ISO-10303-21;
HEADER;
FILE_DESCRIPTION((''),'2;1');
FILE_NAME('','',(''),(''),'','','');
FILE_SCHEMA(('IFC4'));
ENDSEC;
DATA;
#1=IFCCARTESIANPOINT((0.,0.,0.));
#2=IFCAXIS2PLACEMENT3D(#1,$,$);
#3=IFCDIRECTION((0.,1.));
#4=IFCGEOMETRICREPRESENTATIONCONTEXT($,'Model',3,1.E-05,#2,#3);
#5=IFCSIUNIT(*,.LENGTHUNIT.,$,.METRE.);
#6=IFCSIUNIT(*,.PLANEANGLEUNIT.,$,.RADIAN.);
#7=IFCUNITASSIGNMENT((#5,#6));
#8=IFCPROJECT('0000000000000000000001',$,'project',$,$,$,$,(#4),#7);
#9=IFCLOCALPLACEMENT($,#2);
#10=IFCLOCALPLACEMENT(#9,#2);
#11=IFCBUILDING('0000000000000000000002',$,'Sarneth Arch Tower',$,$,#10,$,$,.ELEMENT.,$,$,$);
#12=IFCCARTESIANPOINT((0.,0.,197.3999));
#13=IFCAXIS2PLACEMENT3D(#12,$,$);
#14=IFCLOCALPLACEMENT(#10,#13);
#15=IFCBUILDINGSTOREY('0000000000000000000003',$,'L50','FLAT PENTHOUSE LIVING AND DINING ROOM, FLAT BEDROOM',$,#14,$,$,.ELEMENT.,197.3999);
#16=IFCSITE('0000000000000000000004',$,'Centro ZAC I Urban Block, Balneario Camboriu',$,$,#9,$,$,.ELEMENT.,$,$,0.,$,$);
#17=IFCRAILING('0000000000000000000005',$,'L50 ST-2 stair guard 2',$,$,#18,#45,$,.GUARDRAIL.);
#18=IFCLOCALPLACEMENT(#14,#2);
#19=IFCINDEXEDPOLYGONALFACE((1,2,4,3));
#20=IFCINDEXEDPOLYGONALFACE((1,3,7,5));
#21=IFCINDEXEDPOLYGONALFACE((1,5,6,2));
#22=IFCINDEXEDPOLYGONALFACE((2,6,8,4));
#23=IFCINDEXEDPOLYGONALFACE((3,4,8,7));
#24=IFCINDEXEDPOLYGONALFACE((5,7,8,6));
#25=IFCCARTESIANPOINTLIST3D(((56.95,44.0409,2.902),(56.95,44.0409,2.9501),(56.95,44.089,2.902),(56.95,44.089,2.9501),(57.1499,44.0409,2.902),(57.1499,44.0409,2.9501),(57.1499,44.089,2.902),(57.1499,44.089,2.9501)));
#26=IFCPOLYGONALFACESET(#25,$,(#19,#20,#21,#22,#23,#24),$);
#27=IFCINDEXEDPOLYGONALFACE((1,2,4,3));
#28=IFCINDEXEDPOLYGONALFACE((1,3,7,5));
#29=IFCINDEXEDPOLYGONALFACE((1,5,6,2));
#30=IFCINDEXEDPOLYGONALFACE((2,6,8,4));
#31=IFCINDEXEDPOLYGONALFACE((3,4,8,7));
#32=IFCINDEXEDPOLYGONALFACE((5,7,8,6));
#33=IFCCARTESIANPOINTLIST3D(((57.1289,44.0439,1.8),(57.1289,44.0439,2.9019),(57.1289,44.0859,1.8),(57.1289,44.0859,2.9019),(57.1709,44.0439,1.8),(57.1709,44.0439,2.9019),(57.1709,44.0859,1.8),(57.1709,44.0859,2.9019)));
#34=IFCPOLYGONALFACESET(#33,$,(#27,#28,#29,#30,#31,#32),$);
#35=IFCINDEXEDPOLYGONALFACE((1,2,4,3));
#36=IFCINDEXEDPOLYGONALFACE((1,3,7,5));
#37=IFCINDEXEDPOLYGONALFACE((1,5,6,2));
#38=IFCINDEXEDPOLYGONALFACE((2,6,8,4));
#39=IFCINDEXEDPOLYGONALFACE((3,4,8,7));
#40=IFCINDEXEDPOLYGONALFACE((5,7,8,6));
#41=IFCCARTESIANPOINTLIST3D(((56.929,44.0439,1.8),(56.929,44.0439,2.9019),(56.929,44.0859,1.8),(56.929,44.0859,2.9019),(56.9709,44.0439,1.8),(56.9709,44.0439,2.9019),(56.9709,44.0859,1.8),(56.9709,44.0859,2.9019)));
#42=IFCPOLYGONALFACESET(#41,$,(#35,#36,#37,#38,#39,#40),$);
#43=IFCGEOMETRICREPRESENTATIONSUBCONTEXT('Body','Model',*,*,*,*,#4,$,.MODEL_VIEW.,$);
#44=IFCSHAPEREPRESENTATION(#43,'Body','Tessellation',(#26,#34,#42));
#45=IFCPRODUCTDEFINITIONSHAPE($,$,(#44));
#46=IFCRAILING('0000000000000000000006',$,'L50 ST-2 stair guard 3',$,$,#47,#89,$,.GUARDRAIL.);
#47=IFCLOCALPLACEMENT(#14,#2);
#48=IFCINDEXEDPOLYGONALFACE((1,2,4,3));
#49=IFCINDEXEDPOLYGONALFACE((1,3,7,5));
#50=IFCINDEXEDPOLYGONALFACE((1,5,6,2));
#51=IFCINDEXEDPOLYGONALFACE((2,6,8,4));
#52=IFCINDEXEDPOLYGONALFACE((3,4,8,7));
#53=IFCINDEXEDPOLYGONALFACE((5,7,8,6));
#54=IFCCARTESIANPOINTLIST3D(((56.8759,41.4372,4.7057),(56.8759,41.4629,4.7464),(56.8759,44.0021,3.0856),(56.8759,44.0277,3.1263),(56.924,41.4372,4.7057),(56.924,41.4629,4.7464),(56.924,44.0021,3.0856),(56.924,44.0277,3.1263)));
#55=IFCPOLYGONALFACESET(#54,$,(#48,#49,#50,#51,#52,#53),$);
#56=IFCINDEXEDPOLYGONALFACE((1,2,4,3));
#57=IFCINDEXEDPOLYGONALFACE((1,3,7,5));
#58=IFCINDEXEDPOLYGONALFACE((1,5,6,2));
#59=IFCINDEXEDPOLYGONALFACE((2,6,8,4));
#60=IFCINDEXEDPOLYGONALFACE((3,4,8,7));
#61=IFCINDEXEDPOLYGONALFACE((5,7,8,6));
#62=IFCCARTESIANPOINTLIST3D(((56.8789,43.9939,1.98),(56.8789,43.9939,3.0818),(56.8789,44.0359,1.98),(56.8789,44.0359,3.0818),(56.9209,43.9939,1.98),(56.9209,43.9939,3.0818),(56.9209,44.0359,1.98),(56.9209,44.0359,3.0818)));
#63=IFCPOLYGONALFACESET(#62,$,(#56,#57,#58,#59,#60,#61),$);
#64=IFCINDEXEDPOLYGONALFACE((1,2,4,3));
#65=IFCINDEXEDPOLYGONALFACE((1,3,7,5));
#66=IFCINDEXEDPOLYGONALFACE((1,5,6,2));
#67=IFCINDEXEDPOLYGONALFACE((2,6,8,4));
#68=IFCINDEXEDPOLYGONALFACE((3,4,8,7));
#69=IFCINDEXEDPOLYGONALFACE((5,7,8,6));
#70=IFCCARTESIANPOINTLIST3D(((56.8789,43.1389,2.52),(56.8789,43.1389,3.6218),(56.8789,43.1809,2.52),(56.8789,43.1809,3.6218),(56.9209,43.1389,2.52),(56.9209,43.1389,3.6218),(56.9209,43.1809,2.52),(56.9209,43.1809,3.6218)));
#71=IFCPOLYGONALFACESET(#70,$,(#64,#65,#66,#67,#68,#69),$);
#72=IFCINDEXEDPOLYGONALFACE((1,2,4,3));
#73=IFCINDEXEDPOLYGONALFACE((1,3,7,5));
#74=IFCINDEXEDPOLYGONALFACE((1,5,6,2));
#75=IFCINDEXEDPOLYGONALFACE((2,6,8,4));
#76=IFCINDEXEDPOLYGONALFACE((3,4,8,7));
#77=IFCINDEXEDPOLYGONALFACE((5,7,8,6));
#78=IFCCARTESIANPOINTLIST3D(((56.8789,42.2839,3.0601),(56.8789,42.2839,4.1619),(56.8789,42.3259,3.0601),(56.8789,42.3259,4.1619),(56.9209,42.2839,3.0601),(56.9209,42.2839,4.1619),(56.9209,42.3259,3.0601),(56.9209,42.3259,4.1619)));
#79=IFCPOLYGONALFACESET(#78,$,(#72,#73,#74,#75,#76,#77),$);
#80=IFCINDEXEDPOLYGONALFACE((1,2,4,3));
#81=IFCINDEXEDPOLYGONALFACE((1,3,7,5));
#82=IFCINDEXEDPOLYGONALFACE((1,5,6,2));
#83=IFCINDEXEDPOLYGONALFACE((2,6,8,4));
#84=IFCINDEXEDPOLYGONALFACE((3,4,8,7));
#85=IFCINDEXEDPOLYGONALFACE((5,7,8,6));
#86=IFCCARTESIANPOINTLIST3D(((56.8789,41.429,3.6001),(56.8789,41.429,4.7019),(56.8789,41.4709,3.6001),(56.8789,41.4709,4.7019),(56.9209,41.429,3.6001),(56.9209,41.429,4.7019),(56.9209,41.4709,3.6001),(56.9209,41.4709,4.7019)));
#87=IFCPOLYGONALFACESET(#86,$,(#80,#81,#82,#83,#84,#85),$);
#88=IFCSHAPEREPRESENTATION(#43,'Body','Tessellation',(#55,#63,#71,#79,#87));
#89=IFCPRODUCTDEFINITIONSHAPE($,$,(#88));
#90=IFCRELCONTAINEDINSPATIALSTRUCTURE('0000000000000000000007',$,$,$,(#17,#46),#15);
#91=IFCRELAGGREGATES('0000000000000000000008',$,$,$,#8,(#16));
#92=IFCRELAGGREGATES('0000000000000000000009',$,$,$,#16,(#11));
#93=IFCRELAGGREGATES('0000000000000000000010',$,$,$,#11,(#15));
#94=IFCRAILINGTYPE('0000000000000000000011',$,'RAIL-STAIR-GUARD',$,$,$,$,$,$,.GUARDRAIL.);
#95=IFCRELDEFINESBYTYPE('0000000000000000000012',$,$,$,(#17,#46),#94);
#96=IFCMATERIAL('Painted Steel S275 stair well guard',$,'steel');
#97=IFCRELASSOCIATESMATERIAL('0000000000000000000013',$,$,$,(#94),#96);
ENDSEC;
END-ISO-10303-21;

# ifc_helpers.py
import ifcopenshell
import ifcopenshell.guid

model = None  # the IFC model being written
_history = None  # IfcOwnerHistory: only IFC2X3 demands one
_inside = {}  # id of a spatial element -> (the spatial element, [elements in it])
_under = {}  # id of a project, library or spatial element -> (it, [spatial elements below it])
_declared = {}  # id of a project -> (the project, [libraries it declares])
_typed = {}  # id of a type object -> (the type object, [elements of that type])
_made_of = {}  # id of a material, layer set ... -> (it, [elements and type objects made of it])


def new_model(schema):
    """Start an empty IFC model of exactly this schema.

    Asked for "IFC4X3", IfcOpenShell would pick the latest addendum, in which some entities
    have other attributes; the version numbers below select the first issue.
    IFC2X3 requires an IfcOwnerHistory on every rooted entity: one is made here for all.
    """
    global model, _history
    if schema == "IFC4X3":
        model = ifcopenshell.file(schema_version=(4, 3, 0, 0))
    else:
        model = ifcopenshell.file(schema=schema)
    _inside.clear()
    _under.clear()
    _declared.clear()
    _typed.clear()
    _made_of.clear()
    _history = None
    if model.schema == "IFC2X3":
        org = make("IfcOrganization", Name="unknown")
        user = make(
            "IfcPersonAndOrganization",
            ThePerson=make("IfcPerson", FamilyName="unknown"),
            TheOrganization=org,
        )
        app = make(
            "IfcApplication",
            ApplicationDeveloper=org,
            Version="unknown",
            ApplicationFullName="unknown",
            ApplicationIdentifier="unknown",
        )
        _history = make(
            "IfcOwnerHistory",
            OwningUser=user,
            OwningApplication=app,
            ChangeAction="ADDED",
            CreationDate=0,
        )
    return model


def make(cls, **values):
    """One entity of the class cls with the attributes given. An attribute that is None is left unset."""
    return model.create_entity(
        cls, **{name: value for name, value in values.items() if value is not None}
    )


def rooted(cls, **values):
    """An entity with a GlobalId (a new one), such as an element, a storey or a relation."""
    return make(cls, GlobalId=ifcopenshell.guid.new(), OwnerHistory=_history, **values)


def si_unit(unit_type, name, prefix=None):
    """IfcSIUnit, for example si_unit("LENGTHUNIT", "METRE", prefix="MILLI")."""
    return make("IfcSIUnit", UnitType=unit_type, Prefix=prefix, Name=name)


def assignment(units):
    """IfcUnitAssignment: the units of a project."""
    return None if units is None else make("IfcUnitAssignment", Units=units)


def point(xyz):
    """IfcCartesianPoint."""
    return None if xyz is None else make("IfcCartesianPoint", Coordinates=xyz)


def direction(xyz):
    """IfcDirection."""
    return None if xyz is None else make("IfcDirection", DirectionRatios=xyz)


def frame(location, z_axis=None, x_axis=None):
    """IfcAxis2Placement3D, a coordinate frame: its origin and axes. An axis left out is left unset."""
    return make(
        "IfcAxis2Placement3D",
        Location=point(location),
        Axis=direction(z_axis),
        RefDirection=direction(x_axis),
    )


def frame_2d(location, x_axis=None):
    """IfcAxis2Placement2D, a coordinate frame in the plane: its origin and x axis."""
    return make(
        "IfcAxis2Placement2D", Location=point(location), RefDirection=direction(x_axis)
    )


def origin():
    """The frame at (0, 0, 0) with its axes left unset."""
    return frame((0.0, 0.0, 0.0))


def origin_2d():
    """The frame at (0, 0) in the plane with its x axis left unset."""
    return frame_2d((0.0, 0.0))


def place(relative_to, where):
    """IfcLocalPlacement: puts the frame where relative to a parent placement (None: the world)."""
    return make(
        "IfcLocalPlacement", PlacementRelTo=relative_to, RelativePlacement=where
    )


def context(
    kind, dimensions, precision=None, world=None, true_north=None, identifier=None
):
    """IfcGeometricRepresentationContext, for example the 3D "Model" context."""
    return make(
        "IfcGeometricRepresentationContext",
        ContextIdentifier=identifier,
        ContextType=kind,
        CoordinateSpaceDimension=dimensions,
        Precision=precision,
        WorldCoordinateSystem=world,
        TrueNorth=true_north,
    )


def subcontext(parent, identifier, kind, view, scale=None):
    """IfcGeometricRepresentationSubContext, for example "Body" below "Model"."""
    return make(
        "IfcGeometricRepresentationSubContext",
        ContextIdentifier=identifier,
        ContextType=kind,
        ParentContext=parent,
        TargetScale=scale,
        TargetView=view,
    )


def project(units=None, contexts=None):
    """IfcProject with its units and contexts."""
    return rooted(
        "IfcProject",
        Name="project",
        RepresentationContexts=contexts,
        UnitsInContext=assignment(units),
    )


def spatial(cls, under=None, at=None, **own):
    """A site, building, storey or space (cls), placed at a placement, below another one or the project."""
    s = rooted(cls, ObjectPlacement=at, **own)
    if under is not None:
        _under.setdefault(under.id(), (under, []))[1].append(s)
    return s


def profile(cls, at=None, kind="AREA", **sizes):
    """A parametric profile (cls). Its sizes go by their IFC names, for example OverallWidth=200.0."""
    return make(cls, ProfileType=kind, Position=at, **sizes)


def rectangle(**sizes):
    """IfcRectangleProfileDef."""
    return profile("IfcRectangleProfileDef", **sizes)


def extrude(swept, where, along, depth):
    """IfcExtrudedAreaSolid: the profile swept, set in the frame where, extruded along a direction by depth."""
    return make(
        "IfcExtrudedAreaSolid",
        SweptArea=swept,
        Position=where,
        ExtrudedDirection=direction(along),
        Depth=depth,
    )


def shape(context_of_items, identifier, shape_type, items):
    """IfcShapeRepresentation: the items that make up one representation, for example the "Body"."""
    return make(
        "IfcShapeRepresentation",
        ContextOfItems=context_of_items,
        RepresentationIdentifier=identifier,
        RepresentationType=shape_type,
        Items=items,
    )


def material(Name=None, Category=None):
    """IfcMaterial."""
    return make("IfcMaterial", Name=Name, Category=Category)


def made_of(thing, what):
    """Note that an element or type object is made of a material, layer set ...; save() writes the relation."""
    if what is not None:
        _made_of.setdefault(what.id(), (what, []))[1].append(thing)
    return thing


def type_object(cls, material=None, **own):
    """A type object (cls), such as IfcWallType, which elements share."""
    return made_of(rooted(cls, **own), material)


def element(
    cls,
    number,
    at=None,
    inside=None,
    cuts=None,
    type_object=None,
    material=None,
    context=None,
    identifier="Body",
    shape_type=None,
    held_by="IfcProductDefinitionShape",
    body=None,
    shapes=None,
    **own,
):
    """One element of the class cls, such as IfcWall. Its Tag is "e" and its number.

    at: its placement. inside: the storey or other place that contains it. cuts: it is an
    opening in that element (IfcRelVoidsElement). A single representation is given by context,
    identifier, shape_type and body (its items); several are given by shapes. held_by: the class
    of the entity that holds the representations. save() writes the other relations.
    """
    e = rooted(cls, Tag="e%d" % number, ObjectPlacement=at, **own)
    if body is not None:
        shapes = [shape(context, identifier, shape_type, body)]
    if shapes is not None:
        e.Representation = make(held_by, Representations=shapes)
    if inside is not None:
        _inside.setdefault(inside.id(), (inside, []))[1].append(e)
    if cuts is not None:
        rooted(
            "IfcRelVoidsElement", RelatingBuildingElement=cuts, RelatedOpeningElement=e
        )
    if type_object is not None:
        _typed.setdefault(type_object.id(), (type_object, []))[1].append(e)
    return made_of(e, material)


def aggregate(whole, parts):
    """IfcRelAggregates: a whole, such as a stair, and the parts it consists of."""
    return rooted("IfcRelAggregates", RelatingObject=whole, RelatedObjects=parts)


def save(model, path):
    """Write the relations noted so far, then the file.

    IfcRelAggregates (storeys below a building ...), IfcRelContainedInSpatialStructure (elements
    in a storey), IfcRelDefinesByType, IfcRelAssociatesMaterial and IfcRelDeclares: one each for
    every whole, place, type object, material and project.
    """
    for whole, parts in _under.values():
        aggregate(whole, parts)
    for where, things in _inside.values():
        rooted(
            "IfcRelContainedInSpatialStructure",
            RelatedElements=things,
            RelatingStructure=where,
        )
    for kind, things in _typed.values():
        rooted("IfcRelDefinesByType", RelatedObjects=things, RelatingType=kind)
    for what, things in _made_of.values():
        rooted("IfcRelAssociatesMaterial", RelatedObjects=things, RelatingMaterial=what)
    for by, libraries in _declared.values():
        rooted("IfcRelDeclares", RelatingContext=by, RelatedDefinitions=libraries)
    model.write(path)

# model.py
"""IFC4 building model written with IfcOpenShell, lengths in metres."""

from ifc_helpers import new_model, si_unit, direction, frame, origin, origin_2d, place, context, subcontext, project, spatial, rectangle, extrude, material, type_object, element, save


model = new_model("IFC4")

# Units and contexts
model_context = context("Model", 3, precision=1e-05, world=origin(), true_north=direction((0.0, 1.0)))
body_context = subcontext(model_context, "Body", "Model", "MODEL_VIEW")
ifc_project = project(units=[si_unit("LENGTHUNIT", "METRE"), si_unit("PLANEANGLEUNIT", "RADIAN")], contexts=[model_context])

# Site, building, storey
site_placement = place(None, origin())
site = spatial("IfcSite", under=ifc_project, at=site_placement, Name="Centro ZAC I Urban Block, Balneario Camboriu", CompositionType="ELEMENT", RefElevation=0.0)
building_placement = place(site_placement, origin())
building = spatial("IfcBuilding", under=site, at=building_placement, Name="Sarneth Arch Tower", CompositionType="ELEMENT")
storey_placement = place(building_placement, frame((0.0, 0.0, 197.3999)))
storey = spatial("IfcBuildingStorey", under=building, at=storey_placement, Name="L50", Description="FLAT PENTHOUSE LIVING AND DINING ROOM, FLAT BEDROOM", CompositionType="ELEMENT", Elevation=197.3999)

# Railings
ifc_material_1 = material(Name="Painted Steel S275 stair well guard", Category="steel")
railing_type_1 = type_object("IfcRailingType", Name="RAIL-STAIR-GUARD", PredefinedType="GUARDRAIL", material=ifc_material_1)
railing_1_placement = place(storey_placement, frame((57.1499, 44.0649, 1.8)))
element("IfcRailing", 1, at=railing_1_placement, inside=storey, type_object=railing_type_1, Name="L50 ST-2 stair guard 2", PredefinedType="GUARDRAIL", context=body_context, shape_type="SweptSolid", body=[
    extrude(rectangle(XDim=0.0481, YDim=0.0481, at=origin_2d()), frame((0.0, 0.0, 1.126), z_axis=(-1.0, 0.0, 0.0), x_axis=(0.0, -1.0, 0.0)), (0.0, 0.0, 1.0), 0.2),
    extrude(rectangle(XDim=0.042, YDim=0.042, at=origin_2d()), origin(), (0.0, 0.0, 1.0), 1.1018),
    extrude(rectangle(XDim=0.042, YDim=0.042, at=origin_2d()), frame((-0.2, 0.0, 0.0)), (0.0, 0.0, 1.0), 1.1018),
])
railing_2_placement = place(storey_placement, frame((56.8999, 44.0149, 1.98)))
element("IfcRailing", 2, at=railing_2_placement, inside=storey, type_object=railing_type_1, Name="L50 ST-2 stair guard 3", PredefinedType="GUARDRAIL", context=body_context, shape_type="SweptSolid", body=[
    extrude(rectangle(XDim=0.0481, YDim=0.0481, at=origin_2d()), frame((0.0, 0.0, 1.126), z_axis=(0.0, -0.845466, 0.534029), x_axis=(1.0, 0.0, 0.0)), (0.0, 0.0, 1.0), 3.0337),
    extrude(rectangle(XDim=0.042, YDim=0.042, at=origin_2d()), origin(), (0.0, 0.0, 1.0), 1.1018),
    extrude(rectangle(XDim=0.042, YDim=0.042, at=origin_2d()), frame((0.0, -0.855, 0.54)), (0.0, 0.0, 1.0), 1.1018),
    extrude(rectangle(XDim=0.042, YDim=0.042, at=origin_2d()), frame((0.0, -1.71, 1.0801)), (0.0, 0.0, 1.0), 1.1018),
    extrude(rectangle(XDim=0.042, YDim=0.042, at=origin_2d()), frame((0.0, -2.5649, 1.6201)), (0.0, 0.0, 1.0), 1.1018),
])

save(model, "model.ifc")
